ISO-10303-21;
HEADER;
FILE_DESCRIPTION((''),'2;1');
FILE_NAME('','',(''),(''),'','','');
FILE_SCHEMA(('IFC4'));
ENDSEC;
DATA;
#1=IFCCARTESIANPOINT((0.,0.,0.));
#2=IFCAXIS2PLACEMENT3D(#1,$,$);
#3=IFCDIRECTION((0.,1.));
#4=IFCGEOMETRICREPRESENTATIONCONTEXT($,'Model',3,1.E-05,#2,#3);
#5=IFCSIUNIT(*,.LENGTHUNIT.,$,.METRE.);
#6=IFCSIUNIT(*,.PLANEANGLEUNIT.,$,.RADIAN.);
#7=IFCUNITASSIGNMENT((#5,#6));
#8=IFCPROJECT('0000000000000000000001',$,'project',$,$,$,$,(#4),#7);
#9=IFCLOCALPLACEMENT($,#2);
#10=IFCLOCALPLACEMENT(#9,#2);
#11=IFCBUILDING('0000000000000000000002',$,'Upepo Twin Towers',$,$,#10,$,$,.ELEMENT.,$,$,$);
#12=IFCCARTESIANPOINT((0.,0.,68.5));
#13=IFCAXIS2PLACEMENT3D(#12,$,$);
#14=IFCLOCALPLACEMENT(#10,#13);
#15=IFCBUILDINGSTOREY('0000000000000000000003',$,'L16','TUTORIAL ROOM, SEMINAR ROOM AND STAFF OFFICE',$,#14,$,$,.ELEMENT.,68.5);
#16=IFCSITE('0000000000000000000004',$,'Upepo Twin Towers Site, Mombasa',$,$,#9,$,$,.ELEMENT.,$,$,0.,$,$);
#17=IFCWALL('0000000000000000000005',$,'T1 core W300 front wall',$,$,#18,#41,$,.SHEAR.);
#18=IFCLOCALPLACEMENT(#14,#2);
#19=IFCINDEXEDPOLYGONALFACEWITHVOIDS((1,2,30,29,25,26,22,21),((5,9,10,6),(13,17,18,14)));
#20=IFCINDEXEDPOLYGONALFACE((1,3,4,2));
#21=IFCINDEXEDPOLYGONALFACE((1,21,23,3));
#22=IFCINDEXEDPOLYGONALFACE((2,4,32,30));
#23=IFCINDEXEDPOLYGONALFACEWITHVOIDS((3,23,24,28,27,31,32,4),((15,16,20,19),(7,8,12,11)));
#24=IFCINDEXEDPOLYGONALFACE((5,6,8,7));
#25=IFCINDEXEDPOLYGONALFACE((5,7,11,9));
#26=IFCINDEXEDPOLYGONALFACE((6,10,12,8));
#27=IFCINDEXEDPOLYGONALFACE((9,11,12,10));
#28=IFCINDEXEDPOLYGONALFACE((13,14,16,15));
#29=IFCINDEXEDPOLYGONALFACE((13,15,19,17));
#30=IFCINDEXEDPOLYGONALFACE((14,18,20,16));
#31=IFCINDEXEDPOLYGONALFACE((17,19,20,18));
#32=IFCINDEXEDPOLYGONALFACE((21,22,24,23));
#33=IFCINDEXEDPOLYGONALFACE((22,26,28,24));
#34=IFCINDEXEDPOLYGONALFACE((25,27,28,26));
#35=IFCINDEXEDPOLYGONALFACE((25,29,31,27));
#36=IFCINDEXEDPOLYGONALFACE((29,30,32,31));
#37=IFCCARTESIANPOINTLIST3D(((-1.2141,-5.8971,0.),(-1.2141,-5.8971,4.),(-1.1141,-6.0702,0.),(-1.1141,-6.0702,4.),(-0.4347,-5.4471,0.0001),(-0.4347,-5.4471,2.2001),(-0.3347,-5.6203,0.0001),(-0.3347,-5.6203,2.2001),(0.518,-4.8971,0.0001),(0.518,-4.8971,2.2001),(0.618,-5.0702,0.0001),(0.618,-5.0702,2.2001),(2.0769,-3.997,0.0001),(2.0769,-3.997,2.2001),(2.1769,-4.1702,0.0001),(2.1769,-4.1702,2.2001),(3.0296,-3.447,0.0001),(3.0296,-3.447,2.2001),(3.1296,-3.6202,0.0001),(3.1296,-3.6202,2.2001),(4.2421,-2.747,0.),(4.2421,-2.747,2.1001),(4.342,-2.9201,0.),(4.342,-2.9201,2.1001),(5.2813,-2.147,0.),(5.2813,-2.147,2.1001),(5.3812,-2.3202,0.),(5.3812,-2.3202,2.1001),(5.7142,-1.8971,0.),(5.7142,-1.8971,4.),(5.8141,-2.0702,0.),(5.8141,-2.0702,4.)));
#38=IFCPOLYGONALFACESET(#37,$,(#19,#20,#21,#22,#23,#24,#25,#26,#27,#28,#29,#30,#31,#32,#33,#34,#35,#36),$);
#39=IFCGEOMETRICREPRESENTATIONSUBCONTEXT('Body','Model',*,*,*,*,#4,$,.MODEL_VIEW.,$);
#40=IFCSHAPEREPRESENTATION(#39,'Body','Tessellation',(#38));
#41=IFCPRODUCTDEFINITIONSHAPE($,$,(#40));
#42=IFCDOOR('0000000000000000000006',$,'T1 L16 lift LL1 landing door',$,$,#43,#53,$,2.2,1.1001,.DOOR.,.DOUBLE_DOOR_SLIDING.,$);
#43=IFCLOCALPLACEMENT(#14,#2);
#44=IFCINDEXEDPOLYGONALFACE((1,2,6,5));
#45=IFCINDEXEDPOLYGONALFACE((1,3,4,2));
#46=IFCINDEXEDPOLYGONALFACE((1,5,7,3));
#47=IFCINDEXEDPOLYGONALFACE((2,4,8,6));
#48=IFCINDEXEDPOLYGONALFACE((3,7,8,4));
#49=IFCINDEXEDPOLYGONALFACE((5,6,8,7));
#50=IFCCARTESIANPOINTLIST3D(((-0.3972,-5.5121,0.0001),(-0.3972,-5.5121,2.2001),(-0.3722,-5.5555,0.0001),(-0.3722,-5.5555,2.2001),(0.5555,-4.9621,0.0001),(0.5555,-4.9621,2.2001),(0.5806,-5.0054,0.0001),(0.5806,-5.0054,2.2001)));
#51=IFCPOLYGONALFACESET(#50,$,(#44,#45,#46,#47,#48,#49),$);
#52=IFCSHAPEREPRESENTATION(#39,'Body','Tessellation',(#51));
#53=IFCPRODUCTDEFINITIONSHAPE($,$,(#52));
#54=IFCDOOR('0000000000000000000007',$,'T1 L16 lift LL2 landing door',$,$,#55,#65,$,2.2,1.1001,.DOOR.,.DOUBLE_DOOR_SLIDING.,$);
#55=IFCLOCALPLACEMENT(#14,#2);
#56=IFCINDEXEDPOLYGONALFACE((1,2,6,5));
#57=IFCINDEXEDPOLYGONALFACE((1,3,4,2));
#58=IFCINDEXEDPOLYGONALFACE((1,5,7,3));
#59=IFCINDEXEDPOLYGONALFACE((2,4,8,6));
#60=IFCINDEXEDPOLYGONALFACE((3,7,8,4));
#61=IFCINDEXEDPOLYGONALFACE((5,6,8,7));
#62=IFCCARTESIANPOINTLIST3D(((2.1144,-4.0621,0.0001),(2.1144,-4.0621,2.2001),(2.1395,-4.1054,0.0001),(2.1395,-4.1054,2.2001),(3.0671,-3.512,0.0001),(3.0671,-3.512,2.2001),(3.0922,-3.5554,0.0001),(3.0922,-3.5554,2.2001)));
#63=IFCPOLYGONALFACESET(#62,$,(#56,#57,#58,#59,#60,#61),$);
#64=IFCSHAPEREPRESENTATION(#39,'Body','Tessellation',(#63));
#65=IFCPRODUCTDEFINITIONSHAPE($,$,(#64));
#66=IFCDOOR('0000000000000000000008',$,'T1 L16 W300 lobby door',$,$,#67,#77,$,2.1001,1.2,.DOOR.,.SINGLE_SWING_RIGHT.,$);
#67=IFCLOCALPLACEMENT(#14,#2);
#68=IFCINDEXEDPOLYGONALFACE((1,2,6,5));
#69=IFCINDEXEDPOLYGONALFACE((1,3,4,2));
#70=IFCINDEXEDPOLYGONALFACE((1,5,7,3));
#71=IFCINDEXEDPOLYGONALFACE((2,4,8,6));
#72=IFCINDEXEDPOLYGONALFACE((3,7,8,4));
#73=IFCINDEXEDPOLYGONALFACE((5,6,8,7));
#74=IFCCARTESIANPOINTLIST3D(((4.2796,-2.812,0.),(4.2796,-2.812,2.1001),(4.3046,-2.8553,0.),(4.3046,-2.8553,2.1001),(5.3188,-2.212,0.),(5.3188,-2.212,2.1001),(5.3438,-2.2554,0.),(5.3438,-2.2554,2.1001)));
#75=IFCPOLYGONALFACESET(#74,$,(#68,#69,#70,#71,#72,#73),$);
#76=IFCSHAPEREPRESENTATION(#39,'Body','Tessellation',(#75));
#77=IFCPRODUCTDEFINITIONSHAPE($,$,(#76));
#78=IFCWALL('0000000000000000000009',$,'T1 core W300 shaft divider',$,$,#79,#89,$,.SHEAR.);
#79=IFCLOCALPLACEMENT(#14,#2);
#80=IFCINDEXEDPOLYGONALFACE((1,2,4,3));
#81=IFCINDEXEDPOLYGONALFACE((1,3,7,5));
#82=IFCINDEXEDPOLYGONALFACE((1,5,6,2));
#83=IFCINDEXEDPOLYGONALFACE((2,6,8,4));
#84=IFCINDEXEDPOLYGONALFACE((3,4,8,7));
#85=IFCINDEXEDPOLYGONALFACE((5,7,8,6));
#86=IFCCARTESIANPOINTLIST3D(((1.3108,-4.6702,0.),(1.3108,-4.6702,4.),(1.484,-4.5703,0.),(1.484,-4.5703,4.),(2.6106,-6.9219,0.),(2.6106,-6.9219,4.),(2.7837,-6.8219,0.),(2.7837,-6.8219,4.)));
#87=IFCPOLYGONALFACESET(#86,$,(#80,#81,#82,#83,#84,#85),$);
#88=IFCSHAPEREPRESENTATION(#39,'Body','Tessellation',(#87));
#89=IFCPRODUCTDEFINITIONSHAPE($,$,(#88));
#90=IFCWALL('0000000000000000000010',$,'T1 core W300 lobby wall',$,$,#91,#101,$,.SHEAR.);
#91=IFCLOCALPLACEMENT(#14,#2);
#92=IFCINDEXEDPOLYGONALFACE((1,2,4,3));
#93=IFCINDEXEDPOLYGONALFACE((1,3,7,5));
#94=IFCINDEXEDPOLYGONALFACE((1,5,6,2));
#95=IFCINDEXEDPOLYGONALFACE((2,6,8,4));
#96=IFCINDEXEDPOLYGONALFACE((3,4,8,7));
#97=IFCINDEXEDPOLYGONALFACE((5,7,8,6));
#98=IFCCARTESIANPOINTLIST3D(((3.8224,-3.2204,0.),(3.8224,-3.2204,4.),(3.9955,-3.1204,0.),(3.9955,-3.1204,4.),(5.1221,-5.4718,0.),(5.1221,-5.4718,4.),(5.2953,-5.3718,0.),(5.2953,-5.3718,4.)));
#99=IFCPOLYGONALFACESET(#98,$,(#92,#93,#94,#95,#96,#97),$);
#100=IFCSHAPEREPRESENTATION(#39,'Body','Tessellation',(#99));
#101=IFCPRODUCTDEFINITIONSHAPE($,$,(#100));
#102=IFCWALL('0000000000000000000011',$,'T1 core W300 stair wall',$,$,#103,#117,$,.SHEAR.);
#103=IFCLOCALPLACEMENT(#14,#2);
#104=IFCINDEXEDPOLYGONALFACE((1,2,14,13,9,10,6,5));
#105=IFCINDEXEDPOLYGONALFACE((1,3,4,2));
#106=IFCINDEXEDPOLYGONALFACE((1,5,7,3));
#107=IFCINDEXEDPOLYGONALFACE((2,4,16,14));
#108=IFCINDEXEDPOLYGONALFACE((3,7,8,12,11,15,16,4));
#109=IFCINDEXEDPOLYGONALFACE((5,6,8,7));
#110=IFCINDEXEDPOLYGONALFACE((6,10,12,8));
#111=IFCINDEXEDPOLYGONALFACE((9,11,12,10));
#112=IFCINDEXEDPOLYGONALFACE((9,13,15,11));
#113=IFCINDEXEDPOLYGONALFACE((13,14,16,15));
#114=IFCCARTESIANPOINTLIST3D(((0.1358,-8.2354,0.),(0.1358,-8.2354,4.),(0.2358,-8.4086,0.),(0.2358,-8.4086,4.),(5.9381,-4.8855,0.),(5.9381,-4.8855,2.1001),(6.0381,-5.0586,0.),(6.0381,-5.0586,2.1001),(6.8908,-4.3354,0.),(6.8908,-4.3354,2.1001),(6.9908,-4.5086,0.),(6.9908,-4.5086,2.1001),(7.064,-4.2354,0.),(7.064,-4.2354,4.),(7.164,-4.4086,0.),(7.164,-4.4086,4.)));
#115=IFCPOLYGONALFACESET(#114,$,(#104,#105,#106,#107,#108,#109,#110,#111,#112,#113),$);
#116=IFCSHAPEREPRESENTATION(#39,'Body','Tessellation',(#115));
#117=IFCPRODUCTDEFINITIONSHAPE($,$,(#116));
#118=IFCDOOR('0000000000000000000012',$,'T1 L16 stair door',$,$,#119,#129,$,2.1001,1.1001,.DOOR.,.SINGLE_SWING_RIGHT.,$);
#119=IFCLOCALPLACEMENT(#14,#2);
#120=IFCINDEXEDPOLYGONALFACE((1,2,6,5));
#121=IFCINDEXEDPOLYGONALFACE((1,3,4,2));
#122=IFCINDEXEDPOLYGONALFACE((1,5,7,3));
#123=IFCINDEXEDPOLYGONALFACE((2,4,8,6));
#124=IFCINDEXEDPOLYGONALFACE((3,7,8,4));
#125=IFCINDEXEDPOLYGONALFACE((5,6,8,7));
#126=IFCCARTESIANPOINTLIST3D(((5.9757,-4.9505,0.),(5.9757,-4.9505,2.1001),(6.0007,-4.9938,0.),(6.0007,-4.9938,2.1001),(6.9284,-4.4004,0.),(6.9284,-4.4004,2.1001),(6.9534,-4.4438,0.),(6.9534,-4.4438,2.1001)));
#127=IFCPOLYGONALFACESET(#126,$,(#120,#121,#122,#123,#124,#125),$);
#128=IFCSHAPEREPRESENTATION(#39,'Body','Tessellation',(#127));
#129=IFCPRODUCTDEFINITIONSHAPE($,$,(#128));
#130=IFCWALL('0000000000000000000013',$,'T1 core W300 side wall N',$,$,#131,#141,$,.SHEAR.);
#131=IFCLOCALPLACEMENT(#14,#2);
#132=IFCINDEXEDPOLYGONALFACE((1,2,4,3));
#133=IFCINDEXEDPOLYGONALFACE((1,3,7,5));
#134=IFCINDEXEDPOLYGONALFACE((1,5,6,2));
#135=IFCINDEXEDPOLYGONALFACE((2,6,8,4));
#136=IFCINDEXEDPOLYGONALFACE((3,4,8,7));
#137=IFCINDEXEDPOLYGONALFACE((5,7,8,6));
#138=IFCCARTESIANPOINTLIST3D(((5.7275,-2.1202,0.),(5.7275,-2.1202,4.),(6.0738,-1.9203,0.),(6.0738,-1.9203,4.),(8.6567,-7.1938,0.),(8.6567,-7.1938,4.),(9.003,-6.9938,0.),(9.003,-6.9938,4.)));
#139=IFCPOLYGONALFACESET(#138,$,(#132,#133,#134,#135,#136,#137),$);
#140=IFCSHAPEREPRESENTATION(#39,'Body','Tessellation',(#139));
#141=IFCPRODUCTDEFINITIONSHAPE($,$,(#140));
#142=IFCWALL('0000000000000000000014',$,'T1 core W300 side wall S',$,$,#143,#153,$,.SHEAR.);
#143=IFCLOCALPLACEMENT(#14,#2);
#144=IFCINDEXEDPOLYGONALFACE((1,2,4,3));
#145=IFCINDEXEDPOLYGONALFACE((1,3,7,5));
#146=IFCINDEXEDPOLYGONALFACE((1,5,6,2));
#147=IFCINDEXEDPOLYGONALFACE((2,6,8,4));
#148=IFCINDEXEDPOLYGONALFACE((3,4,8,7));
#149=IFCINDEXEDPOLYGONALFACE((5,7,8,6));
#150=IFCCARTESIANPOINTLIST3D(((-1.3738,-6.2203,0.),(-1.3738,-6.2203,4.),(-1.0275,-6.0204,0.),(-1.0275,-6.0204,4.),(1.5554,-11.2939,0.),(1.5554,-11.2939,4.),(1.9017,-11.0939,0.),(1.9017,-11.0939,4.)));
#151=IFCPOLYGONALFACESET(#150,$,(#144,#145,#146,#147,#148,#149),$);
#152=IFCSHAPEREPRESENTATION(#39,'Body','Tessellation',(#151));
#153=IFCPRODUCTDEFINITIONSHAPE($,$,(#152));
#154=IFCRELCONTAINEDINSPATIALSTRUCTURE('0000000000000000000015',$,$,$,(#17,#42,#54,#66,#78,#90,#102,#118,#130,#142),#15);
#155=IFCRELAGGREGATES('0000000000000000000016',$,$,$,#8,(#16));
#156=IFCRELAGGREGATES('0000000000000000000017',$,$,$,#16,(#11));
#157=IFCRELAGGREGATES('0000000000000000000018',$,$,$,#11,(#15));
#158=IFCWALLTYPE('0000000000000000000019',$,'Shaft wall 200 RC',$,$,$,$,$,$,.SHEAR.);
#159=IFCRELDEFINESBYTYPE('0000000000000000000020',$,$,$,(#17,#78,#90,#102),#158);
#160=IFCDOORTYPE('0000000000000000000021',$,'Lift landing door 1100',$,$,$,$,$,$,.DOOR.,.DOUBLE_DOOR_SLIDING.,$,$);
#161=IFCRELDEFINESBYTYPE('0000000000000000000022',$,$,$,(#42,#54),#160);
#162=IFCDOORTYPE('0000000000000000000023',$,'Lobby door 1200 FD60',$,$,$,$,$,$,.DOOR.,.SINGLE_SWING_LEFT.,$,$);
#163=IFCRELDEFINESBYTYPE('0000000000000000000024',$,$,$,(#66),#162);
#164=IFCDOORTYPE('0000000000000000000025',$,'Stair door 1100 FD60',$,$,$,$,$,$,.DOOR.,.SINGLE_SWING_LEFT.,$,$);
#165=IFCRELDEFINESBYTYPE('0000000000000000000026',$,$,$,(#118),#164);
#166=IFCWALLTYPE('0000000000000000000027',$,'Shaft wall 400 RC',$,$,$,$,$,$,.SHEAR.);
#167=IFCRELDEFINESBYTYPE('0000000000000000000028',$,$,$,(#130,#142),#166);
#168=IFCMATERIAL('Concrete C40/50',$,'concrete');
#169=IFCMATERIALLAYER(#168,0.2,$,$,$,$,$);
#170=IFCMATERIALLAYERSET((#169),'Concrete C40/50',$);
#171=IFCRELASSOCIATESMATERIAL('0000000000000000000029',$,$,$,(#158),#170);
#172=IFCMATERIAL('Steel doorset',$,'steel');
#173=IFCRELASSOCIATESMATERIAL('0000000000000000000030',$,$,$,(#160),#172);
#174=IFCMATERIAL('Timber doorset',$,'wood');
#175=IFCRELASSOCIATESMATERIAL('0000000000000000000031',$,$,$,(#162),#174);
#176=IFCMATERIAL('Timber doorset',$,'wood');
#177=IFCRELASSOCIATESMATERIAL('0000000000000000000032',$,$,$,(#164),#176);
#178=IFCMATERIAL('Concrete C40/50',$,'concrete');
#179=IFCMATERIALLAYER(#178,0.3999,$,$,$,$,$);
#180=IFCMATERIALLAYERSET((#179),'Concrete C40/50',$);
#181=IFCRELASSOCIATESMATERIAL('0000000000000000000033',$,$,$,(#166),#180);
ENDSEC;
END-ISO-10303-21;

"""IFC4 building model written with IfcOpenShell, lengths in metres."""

from ifc_helpers import new_model, si_unit, direction, frame, frame_2d, origin, place, context, subcontext, project, spatial, rectangle, extrude, material, layer, layer_set, type_object, element, fill, save


model = new_model("IFC4")

# Units and contexts
model_context = context("Model", 3, precision=1e-05, world=origin(), true_north=direction((0.0, 1.0)))
body_context = subcontext(model_context, "Body", "Model", "MODEL_VIEW")
ifc_project = project(units=[si_unit("LENGTHUNIT", "METRE"), si_unit("PLANEANGLEUNIT", "RADIAN")], contexts=[model_context])

# Site, building, storey
site_placement = place(None, origin())
site = spatial("IfcSite", under=ifc_project, at=site_placement, Name="Upepo Twin Towers Site, Mombasa", CompositionType="ELEMENT", RefElevation=0.0)
building_placement = place(site_placement, origin())
building = spatial("IfcBuilding", under=site, at=building_placement, Name="Upepo Twin Towers", CompositionType="ELEMENT")
storey_placement = place(building_placement, frame((0.0, 0.0, 68.5)))
storey = spatial("IfcBuildingStorey", under=building, at=storey_placement, Name="L16", Description="TUTORIAL ROOM, SEMINAR ROOM AND STAFF OFFICE", CompositionType="ELEMENT", Elevation=68.5)

# Wall, openings, doors
ifc_material_1 = material(Name="Concrete C40/50", Category="concrete")
ifc_layer_1 = layer(ifc_material_1, 0.2)
ifc_layer_set_1 = layer_set([ifc_layer_1], Name="Concrete C40/50")
wall_type_1 = type_object("IfcWallType", Name="Shaft wall 200 RC", PredefinedType="SHEAR", material=ifc_layer_set_1)
wall_1_placement = place(storey_placement, frame((-1.1641, -5.9836, 0.0), z_axis=(0.0, 0.0, 1.0), x_axis=(0.866026, 0.499999, 0.0)))
wall_1 = element("IfcWall", 1, at=wall_1_placement, inside=storey, type_object=wall_type_1, Name="T1 core W300 front wall", PredefinedType="SHEAR", context=body_context, shape_type="SweptSolid", body=[
    extrude(rectangle(XDim=8.0, YDim=0.2, at=frame_2d((4.0, 0.0))), origin(), (0.0, 0.0, 1.0), 4.0),
])
opening_1_placement = place(wall_1_placement, frame((6.3, 0.0, 0.0)))
opening_1 = element("IfcOpeningElement", 2, at=opening_1_placement, cuts=wall_1, PredefinedType="OPENING", context=body_context, shape_type="SweptSolid", body=[
    extrude(rectangle(XDim=1.2, YDim=2.1001, at=frame_2d((0.6001, 1.05))), frame((0.0, 0.1099, 0.0), z_axis=(0.0, -1.0, 0.0), x_axis=(1.0, 0.0, 0.0)), (0.0, 0.0, 1.0), 0.22),
])
opening_2_placement = place(wall_1_placement, frame((0.8999, 0.0, 0.0)))
opening_2 = element("IfcOpeningElement", 3, at=opening_2_placement, cuts=wall_1, PredefinedType="OPENING", context=body_context, shape_type="SweptSolid", body=[
    extrude(rectangle(XDim=1.1001, YDim=2.2, at=frame_2d((0.55, 1.1001))), frame((0.0, 0.1099, 0.0), z_axis=(0.0, -1.0, 0.0), x_axis=(1.0, 0.0, 0.0)), (0.0, 0.0, 1.0), 0.22),
])
opening_3_placement = place(wall_1_placement, frame((3.8, 0.0, 0.0)))
opening_3 = element("IfcOpeningElement", 4, at=opening_3_placement, cuts=wall_1, PredefinedType="OPENING", context=body_context, shape_type="SweptSolid", body=[
    extrude(rectangle(XDim=1.1001, YDim=2.2, at=frame_2d((0.55, 1.1001))), frame((0.0, 0.1099, 0.0), z_axis=(0.0, -1.0, 0.0), x_axis=(1.0, 0.0, 0.0)), (0.0, 0.0, 1.0), 0.22),
])
ifc_material_2 = material(Name="Steel doorset", Category="steel")
door_type_1 = type_object("IfcDoorType", Name="Lift landing door 1100", OperationType="DOUBLE_DOOR_SLIDING", PredefinedType="DOOR", material=ifc_material_2)
door_1_placement = place(opening_2_placement, origin())
door_1 = element("IfcDoor", 5, at=door_1_placement, inside=storey, type_object=door_type_1, Name="T1 L16 lift LL1 landing door", OperationType="DOUBLE_DOOR_SLIDING", OverallHeight=2.2, OverallWidth=1.1001, PredefinedType="DOOR", context=body_context, shape_type="SweptSolid", body=[
    extrude(rectangle(XDim=1.1001, YDim=2.2, at=frame_2d((0.55, 1.1001))), frame((0.0, 0.0249, 0.0), z_axis=(0.0, -1.0, 0.0), x_axis=(1.0, 0.0, 0.0)), (0.0, 0.0, 1.0), 0.05),
])
fill(opening_2, door_1)
door_2_placement = place(opening_3_placement, origin())
door_2 = element("IfcDoor", 6, at=door_2_placement, inside=storey, type_object=door_type_1, Name="T1 L16 lift LL2 landing door", OperationType="DOUBLE_DOOR_SLIDING", OverallHeight=2.2, OverallWidth=1.1001, PredefinedType="DOOR", context=body_context, shape_type="SweptSolid", body=[
    extrude(rectangle(XDim=1.1001, YDim=2.2, at=frame_2d((0.55, 1.1001))), frame((0.0, 0.0249, 0.0), z_axis=(0.0, -1.0, 0.0), x_axis=(1.0, 0.0, 0.0)), (0.0, 0.0, 1.0), 0.05),
])
fill(opening_3, door_2)
ifc_material_3 = material(Name="Timber doorset", Category="wood")
door_type_2 = type_object("IfcDoorType", Name="Lobby door 1200 FD60", OperationType="SINGLE_SWING_LEFT", PredefinedType="DOOR", material=ifc_material_3)
door_3_placement = place(opening_1_placement, origin())
door_3 = element("IfcDoor", 7, at=door_3_placement, inside=storey, type_object=door_type_2, Name="T1 L16 W300 lobby door", OperationType="SINGLE_SWING_RIGHT", OverallHeight=2.1001, OverallWidth=1.2, PredefinedType="DOOR", context=body_context, shape_type="SweptSolid", body=[
    extrude(rectangle(XDim=1.2, YDim=2.1001, at=frame_2d((0.6001, 1.05))), frame((0.0, 0.0249, 0.0), z_axis=(0.0, -1.0, 0.0), x_axis=(1.0, 0.0, 0.0)), (0.0, 0.0, 1.0), 0.05),
])
fill(opening_1, door_3)

# Walls
wall_2_placement = place(storey_placement, frame((1.3975, -4.6204, 0.0), z_axis=(0.0, 0.0, 1.0), x_axis=(0.499937, -0.866062, 0.0)))
element("IfcWall", 8, at=wall_2_placement, inside=storey, type_object=wall_type_1, Name="T1 core W300 shaft divider", PredefinedType="SHEAR", context=body_context, shape_type="SweptSolid", body=[
    extrude(rectangle(XDim=2.5999, YDim=0.2, at=frame_2d((1.2998, 0.0))), origin(), (0.0, 0.0, 1.0), 4.0),
])
wall_3_placement = place(storey_placement, frame((3.9089, -3.1704, 0.0), z_axis=(0.0, 0.0, 1.0), x_axis=(0.499977, -0.866039, 0.0)))
element("IfcWall", 9, at=wall_3_placement, inside=storey, type_object=wall_type_1, Name="T1 core W300 lobby wall", PredefinedType="SHEAR", context=body_context, shape_type="SweptSolid", body=[
    extrude(rectangle(XDim=2.5996, YDim=0.2, at=frame_2d((1.2998, 0.0))), origin(), (0.0, 0.0, 1.0), 4.0),
])

# Wall, opening, door
wall_4_placement = place(storey_placement, frame((0.1858, -8.322, 0.0), z_axis=(0.0, 0.0, 1.0), x_axis=(0.866026, 0.499999, 0.0)))
wall_4 = element("IfcWall", 10, at=wall_4_placement, inside=storey, type_object=wall_type_1, Name="T1 core W300 stair wall", PredefinedType="SHEAR", context=body_context, shape_type="SweptSolid", body=[
    extrude(rectangle(XDim=8.0, YDim=0.2, at=frame_2d((4.0, 0.0))), origin(), (0.0, 0.0, 1.0), 4.0),
])
opening_4_placement = place(wall_4_placement, frame((6.7, 0.0, 0.0)))
opening_4 = element("IfcOpeningElement", 11, at=opening_4_placement, cuts=wall_4, PredefinedType="OPENING", context=body_context, shape_type="SweptSolid", body=[
    extrude(rectangle(XDim=1.1001, YDim=2.1001, at=frame_2d((0.55, 1.05))), frame((0.0, 0.1099, 0.0), z_axis=(0.0, -1.0, 0.0), x_axis=(1.0, 0.0, 0.0)), (0.0, 0.0, 1.0), 0.22),
])
ifc_material_4 = material(Name="Timber doorset", Category="wood")
door_type_3 = type_object("IfcDoorType", Name="Stair door 1100 FD60", OperationType="SINGLE_SWING_LEFT", PredefinedType="DOOR", material=ifc_material_4)
door_4_placement = place(opening_4_placement, origin())
door_4 = element("IfcDoor", 12, at=door_4_placement, inside=storey, type_object=door_type_3, Name="T1 L16 stair door", OperationType="SINGLE_SWING_RIGHT", OverallHeight=2.1001, OverallWidth=1.1001, PredefinedType="DOOR", context=body_context, shape_type="SweptSolid", body=[
    extrude(rectangle(XDim=1.1001, YDim=2.1001, at=frame_2d((0.55, 1.05))), frame((0.0, 0.0249, 0.0), z_axis=(0.0, -1.0, 0.0), x_axis=(1.0, 0.0, 0.0)), (0.0, 0.0, 1.0), 0.05),
])
fill(opening_4, door_4)

# Walls
ifc_material_5 = material(Name="Concrete C40/50", Category="concrete")
ifc_layer_2 = layer(ifc_material_5, 0.3999)
ifc_layer_set_2 = layer_set([ifc_layer_2], Name="Concrete C40/50")
wall_type_2 = type_object("IfcWallType", Name="Shaft wall 400 RC", PredefinedType="SHEAR", material=ifc_layer_set_2)
for number, where, z_axis, x_axis, name in (
    (13, (5.9006, -2.0203, 0.0), (0.0, 0.0, 1.0), (0.500003, -0.866024, 0.0), "T1 core W300 side wall N"),
    (14, (-1.2007, -6.1204, 0.0), (0.0, 0.0, 1.0), (0.500003, -0.866024, 0.0), "T1 core W300 side wall S"),
):
    element("IfcWall", number, at=place(storey_placement, frame(where, z_axis=z_axis, x_axis=x_axis)), inside=storey, type_object=wall_type_2, Name=name, PredefinedType="SHEAR", context=body_context, shape_type="SweptSolid", body=[
        extrude(rectangle(XDim=5.8584, YDim=0.3999, at=frame_2d((2.9292, 0.0))), origin(), (0.0, 0.0, 1.0), 4.0),
    ])

save(model, "model.ifc")
